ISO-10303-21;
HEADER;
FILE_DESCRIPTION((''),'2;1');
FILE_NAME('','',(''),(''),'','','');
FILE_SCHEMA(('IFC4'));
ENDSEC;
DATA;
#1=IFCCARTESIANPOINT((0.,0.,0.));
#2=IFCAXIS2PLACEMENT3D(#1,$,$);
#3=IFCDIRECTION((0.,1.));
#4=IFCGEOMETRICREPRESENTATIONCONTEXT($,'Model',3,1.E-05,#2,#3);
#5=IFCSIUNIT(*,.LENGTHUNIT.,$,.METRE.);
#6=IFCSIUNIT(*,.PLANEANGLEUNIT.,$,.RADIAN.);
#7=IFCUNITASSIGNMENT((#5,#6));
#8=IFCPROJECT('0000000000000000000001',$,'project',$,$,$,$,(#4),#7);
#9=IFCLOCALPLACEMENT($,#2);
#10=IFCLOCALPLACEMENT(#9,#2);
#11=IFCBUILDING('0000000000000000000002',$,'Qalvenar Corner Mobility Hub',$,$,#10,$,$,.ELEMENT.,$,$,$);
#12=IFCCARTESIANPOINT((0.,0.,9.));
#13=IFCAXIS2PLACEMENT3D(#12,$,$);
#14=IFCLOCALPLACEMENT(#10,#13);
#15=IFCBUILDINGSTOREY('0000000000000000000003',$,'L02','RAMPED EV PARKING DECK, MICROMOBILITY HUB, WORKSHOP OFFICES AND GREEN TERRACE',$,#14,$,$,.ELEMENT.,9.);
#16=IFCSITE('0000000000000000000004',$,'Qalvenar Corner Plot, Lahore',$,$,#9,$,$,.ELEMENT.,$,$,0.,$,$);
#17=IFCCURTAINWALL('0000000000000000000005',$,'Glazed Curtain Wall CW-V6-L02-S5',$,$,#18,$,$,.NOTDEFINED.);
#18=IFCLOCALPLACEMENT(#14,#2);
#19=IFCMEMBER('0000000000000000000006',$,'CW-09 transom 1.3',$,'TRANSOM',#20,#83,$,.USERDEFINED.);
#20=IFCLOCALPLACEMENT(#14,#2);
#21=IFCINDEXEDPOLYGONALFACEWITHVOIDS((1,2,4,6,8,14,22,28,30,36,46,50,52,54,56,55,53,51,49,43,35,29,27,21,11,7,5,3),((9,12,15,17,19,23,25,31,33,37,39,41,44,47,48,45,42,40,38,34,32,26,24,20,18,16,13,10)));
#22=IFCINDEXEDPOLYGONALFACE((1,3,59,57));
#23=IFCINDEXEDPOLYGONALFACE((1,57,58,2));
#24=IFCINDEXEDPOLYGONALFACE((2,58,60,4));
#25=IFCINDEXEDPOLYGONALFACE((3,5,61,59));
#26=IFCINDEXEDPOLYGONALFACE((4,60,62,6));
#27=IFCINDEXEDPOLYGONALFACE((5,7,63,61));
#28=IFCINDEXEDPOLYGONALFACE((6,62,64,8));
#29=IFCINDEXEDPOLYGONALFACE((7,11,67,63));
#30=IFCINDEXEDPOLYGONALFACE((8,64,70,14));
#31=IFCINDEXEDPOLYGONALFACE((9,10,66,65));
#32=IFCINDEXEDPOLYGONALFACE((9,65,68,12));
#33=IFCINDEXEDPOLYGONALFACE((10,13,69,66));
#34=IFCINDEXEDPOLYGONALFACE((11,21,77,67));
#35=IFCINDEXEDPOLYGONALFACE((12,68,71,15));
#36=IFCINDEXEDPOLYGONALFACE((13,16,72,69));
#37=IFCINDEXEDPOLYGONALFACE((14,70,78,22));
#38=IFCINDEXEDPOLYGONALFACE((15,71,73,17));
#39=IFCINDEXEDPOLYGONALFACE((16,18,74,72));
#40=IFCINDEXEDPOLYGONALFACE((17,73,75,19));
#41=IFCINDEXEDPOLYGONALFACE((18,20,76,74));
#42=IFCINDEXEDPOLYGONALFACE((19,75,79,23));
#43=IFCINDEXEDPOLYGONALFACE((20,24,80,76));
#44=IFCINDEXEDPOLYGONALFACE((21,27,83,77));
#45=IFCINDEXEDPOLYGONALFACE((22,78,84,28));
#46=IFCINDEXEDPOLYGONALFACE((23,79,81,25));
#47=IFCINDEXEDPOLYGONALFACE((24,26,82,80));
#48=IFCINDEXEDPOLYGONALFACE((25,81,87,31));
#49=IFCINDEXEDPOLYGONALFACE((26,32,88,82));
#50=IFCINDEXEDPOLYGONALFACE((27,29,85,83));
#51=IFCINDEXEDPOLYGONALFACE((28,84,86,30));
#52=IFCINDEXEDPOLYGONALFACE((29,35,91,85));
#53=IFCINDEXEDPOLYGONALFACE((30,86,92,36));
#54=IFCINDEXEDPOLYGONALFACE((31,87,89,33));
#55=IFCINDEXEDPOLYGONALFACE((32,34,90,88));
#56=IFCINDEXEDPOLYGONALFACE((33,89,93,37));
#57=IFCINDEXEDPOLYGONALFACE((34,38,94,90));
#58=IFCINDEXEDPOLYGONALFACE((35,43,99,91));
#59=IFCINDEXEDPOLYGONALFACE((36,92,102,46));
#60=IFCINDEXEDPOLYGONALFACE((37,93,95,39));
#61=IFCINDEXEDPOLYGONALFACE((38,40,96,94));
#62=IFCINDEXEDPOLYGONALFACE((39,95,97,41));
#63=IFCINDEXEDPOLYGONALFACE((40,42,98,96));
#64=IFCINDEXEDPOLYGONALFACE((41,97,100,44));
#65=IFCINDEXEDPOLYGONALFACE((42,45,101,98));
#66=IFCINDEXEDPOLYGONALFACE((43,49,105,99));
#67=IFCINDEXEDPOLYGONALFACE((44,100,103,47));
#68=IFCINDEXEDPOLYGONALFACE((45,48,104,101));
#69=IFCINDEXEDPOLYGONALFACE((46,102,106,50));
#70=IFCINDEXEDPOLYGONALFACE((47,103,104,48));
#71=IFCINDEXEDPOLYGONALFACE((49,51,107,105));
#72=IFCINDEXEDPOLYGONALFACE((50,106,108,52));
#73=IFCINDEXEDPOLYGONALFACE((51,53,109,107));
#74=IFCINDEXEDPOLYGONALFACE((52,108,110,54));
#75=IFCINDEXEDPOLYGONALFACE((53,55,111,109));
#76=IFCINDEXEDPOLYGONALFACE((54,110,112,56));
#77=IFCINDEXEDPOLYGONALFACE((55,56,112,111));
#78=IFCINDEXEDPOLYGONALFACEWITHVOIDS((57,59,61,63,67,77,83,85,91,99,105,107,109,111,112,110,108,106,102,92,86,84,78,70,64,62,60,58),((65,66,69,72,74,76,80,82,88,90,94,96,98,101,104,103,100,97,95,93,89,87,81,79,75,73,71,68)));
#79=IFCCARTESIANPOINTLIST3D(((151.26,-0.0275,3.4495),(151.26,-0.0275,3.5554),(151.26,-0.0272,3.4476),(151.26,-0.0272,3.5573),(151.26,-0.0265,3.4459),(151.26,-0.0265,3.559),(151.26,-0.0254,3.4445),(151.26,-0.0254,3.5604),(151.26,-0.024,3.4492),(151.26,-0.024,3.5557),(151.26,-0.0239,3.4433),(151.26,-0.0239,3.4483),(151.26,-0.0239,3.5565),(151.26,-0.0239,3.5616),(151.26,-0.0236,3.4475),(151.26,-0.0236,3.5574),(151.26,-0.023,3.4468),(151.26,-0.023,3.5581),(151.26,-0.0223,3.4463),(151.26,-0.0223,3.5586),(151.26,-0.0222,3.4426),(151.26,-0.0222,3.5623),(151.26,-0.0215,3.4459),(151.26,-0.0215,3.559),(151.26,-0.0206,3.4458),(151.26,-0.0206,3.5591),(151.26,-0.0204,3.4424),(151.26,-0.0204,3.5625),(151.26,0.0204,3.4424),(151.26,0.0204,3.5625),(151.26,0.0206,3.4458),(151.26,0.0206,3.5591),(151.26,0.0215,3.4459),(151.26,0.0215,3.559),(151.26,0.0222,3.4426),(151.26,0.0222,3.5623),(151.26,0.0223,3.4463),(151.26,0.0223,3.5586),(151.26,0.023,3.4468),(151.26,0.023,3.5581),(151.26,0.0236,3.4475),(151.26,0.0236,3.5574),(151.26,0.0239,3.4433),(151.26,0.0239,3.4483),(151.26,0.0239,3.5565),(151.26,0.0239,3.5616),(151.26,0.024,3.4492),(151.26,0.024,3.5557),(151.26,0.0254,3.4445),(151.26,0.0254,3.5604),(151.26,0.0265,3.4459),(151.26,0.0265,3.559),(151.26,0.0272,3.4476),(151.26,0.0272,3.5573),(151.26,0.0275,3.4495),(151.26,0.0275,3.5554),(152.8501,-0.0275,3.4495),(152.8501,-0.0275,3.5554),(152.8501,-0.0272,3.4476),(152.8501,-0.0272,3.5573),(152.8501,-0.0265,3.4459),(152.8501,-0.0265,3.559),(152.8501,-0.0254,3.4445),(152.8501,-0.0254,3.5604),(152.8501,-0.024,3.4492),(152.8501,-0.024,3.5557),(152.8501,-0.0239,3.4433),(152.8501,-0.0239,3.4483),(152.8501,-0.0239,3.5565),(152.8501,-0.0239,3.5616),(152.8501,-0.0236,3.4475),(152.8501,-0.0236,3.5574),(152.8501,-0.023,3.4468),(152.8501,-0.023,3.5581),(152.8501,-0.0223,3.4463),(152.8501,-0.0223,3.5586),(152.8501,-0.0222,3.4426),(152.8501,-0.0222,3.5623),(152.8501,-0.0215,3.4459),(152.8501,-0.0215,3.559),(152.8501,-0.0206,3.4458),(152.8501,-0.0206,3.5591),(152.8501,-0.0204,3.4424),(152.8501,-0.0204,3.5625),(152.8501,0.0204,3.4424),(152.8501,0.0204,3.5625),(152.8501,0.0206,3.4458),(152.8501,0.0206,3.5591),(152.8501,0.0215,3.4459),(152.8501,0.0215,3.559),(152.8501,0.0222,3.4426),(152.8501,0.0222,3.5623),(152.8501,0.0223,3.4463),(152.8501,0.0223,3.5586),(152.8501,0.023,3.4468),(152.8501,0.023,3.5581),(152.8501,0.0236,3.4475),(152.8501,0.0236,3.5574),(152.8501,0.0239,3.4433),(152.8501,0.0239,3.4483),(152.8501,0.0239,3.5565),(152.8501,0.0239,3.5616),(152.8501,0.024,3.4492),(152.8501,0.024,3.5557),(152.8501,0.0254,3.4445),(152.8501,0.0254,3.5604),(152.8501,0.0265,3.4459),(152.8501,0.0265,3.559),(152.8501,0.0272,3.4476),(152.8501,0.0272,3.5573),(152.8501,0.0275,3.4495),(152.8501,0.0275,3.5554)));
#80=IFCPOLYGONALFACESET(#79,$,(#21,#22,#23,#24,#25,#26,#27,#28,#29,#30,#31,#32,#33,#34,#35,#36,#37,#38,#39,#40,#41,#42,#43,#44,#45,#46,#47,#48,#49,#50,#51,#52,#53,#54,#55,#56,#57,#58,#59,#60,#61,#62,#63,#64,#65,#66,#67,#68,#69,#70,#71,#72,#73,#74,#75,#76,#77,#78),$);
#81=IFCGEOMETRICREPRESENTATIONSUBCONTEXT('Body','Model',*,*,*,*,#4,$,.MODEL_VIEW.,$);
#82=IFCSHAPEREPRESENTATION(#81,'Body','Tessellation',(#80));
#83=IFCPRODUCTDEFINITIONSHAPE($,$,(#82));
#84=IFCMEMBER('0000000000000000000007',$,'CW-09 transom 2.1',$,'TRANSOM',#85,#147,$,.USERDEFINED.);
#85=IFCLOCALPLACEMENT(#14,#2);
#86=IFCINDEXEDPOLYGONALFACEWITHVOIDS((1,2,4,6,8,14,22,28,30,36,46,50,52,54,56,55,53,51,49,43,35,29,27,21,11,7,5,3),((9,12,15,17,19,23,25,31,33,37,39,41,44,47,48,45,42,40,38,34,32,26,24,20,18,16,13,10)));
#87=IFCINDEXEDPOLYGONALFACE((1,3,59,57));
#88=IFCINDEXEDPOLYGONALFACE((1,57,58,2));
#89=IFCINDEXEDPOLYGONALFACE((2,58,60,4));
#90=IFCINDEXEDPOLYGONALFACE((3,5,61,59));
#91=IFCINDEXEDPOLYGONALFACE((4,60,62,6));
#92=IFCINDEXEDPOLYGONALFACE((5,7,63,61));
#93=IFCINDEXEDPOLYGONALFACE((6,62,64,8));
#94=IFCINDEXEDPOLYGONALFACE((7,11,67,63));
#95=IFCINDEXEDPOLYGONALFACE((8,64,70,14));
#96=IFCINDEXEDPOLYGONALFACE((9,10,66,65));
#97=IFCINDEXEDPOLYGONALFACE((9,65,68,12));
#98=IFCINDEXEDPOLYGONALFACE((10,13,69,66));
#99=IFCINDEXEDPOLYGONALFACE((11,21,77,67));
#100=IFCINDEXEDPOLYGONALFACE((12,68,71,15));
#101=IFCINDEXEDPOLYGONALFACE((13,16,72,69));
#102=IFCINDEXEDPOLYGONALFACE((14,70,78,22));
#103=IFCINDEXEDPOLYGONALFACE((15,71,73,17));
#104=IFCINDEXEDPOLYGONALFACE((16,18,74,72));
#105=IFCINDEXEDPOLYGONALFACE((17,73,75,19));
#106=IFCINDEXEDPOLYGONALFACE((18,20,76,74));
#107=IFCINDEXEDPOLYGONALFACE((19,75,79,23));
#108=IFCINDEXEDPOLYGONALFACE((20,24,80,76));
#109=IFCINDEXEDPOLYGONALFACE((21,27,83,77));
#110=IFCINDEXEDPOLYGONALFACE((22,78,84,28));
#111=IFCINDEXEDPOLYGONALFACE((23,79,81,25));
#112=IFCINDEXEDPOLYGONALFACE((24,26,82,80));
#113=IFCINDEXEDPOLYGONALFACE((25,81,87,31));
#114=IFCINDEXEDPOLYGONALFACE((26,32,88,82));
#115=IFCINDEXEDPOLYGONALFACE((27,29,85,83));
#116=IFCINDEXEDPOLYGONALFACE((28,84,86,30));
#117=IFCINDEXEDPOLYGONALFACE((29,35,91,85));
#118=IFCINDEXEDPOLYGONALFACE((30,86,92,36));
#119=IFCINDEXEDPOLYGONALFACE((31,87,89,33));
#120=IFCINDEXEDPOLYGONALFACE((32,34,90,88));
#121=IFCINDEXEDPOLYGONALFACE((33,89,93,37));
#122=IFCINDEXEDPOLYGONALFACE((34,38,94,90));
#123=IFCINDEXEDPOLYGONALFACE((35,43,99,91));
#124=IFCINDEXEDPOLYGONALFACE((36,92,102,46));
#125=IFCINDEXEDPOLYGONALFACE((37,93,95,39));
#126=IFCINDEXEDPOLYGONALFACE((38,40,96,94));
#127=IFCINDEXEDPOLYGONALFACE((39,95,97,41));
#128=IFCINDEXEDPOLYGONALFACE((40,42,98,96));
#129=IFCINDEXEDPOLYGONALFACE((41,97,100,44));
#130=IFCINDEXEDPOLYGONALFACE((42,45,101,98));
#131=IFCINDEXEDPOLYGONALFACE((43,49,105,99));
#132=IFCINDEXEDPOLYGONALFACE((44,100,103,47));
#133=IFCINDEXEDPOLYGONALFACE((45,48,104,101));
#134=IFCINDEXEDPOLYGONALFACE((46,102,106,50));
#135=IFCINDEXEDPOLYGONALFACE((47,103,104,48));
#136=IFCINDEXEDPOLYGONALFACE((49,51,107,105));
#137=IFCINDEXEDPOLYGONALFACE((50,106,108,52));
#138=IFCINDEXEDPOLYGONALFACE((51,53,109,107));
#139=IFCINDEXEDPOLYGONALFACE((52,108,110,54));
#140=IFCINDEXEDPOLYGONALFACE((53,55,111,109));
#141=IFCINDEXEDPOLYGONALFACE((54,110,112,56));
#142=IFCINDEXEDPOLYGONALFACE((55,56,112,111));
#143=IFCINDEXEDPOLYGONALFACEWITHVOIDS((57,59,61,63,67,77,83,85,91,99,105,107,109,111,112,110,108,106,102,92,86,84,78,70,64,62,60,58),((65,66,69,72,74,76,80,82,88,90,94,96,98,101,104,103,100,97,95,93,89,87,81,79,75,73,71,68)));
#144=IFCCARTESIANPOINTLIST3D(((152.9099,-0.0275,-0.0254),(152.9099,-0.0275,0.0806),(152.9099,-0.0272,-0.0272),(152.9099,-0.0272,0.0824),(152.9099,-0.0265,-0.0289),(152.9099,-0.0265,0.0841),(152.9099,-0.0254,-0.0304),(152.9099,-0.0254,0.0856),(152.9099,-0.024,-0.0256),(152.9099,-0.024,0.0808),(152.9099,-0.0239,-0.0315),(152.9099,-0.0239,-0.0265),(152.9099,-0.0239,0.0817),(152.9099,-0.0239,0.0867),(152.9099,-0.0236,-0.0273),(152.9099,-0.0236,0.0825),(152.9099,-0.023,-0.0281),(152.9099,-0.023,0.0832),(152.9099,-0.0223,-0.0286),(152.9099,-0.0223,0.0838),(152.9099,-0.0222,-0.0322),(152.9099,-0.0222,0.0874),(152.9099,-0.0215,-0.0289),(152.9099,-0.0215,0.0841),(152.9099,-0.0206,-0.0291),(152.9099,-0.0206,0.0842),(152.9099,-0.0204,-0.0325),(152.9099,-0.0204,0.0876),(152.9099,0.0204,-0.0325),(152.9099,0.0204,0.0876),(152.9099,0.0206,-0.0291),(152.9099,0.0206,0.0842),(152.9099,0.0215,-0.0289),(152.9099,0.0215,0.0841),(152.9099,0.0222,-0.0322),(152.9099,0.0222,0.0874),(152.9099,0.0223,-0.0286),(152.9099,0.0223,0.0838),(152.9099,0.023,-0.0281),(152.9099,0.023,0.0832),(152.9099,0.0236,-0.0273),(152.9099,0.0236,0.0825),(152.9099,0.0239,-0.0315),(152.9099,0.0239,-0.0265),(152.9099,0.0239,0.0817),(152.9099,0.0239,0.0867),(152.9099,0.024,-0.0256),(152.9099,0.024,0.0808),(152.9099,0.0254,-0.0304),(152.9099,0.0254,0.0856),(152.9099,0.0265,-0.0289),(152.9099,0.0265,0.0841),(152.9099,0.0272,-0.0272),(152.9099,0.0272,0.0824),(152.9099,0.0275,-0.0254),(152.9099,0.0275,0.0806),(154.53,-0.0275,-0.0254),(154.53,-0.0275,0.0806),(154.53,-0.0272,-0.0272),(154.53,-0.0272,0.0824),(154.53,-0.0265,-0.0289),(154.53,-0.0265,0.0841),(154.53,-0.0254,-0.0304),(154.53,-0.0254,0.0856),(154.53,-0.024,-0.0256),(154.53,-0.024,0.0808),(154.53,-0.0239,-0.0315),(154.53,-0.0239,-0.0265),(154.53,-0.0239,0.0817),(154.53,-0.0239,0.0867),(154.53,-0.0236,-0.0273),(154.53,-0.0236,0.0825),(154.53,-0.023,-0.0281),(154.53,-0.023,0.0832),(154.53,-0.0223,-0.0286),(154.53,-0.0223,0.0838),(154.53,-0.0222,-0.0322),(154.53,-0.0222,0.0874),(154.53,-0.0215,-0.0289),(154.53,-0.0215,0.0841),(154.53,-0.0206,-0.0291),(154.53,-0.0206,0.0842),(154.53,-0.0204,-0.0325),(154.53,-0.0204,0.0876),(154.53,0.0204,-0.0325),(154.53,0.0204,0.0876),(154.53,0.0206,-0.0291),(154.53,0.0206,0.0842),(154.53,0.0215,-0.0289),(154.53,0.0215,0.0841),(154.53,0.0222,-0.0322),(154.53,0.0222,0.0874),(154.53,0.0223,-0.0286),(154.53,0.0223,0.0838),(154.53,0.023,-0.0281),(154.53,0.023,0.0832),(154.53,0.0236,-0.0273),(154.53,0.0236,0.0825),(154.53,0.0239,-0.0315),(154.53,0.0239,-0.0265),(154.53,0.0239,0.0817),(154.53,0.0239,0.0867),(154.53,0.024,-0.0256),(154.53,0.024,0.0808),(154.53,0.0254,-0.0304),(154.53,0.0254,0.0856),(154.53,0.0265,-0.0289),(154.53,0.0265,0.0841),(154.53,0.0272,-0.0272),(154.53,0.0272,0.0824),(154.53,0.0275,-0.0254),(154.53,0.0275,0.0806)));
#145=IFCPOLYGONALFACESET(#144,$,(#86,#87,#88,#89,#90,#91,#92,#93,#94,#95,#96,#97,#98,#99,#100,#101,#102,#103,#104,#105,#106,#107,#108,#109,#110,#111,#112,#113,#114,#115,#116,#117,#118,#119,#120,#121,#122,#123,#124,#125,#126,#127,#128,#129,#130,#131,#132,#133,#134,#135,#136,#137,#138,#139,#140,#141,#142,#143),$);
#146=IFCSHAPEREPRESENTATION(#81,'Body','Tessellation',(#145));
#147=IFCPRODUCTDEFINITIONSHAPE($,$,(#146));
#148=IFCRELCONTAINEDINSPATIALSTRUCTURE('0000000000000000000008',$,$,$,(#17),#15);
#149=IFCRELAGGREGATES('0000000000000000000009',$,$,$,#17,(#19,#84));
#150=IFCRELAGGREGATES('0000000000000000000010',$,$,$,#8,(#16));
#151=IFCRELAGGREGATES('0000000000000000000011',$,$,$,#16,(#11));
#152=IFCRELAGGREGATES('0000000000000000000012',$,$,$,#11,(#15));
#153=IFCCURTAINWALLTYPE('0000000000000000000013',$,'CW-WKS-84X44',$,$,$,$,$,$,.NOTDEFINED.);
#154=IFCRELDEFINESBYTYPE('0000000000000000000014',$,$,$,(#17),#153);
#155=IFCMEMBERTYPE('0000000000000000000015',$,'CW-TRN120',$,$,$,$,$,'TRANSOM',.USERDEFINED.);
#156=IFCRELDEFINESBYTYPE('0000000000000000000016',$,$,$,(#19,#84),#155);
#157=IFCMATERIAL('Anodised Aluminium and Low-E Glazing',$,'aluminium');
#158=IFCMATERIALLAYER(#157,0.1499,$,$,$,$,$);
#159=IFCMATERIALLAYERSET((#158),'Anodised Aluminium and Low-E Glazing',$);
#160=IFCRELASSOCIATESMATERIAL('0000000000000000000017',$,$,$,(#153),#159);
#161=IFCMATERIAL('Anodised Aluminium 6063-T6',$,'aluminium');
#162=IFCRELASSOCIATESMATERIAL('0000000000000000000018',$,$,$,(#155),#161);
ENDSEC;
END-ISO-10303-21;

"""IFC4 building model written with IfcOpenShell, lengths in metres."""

from ifc_helpers import new_model, si_unit, direction, frame, origin, origin_2d, place, context, subcontext, project, spatial, hollow_rectangle, extrude, material, layer, layer_set, material_profile, profile_set, type_object, element, aggregate, save


model = new_model("IFC4")

# Units and contexts
model_context = context("Model", 3, precision=1e-05, world=origin(), true_north=direction((0.0, 1.0)))
body_context = subcontext(model_context, "Body", "Model", "MODEL_VIEW")
ifc_project = project(units=[si_unit("LENGTHUNIT", "METRE"), si_unit("PLANEANGLEUNIT", "RADIAN")], contexts=[model_context])

# Site, building, storey
site_placement = place(None, origin())
site = spatial("IfcSite", under=ifc_project, at=site_placement, Name="Qalvenar Corner Plot, Lahore", CompositionType="ELEMENT", RefElevation=0.0)
building_placement = place(site_placement, origin())
building = spatial("IfcBuilding", under=site, at=building_placement, Name="Qalvenar Corner Mobility Hub", CompositionType="ELEMENT")
storey_placement = place(building_placement, frame((0.0, 0.0, 9.0)))
storey = spatial("IfcBuildingStorey", under=building, at=storey_placement, Name="L02", Description="RAMPED EV PARKING DECK, MICROMOBILITY HUB, WORKSHOP OFFICES AND GREEN TERRACE", CompositionType="ELEMENT", Elevation=9.0)

# Curtain wall, members
ifc_material_1 = material(Name="Anodised Aluminium and Low-E Glazing", Category="aluminium")
ifc_layer_1 = layer(ifc_material_1, 0.1499)
ifc_layer_set_1 = layer_set([ifc_layer_1], Name="Anodised Aluminium and Low-E Glazing")
curtain_wall_type = type_object("IfcCurtainWallType", Name="CW-WKS-84X44", PredefinedType="NOTDEFINED", material=ifc_layer_set_1)
curtain_wall_placement = place(storey_placement, origin())
curtain_wall = element("IfcCurtainWall", 1, at=curtain_wall_placement, inside=storey, type_object=curtain_wall_type, Name="Glazed Curtain Wall CW-V6-L02-S5", PredefinedType="NOTDEFINED")
ifc_material_2 = material(Name="Anodised Aluminium 6063-T6", Category="aluminium")
ifc_material_profile_1 = material_profile(ifc_material_2, hollow_rectangle(XDim=0.0549, YDim=0.1201, WallThickness=0.0034, InnerFilletRadius=0.0034, OuterFilletRadius=0.0071, at=origin_2d()), Name="RHS120x55x3.5")
ifc_profile_set_1 = profile_set([ifc_material_profile_1], Name="Anodised Aluminium 6063-T6")
member_type_1 = type_object("IfcMemberType", Name="CW-TRN120", ElementType="TRANSOM", PredefinedType="USERDEFINED", material=ifc_profile_set_1)
member_1_placement = place(storey_placement, frame((151.26, 0.0, 3.5024), z_axis=(1.0, 0.0, 0.0), x_axis=(0.0, 1.0, 0.0)))
member_1 = element("IfcMember", 2, at=member_1_placement, type_object=member_type_1, Name="CW-09 transom 1.3", ObjectType="TRANSOM", PredefinedType="USERDEFINED", context=body_context, shape_type="SweptSolid", body=[
    extrude(hollow_rectangle(XDim=0.0549, YDim=0.1201, WallThickness=0.0034, InnerFilletRadius=0.0034, OuterFilletRadius=0.0071, at=origin_2d()), origin(), (0.0, 0.0, 1.0), 1.5901),
])
member_2_placement = place(storey_placement, frame((152.9099, 0.0, 0.0276), z_axis=(1.0, 0.0, 0.0), x_axis=(0.0, 1.0, 0.0)))
member_2 = element("IfcMember", 3, at=member_2_placement, type_object=member_type_1, Name="CW-09 transom 2.1", ObjectType="TRANSOM", PredefinedType="USERDEFINED", context=body_context, shape_type="SweptSolid", body=[
    extrude(hollow_rectangle(XDim=0.0549, YDim=0.1201, WallThickness=0.0034, InnerFilletRadius=0.0034, OuterFilletRadius=0.0071, at=origin_2d()), origin(), (0.0, 0.0, 1.0), 1.6201),
])
aggregate(curtain_wall, [member_1, member_2])

save(model, "model.ifc")
